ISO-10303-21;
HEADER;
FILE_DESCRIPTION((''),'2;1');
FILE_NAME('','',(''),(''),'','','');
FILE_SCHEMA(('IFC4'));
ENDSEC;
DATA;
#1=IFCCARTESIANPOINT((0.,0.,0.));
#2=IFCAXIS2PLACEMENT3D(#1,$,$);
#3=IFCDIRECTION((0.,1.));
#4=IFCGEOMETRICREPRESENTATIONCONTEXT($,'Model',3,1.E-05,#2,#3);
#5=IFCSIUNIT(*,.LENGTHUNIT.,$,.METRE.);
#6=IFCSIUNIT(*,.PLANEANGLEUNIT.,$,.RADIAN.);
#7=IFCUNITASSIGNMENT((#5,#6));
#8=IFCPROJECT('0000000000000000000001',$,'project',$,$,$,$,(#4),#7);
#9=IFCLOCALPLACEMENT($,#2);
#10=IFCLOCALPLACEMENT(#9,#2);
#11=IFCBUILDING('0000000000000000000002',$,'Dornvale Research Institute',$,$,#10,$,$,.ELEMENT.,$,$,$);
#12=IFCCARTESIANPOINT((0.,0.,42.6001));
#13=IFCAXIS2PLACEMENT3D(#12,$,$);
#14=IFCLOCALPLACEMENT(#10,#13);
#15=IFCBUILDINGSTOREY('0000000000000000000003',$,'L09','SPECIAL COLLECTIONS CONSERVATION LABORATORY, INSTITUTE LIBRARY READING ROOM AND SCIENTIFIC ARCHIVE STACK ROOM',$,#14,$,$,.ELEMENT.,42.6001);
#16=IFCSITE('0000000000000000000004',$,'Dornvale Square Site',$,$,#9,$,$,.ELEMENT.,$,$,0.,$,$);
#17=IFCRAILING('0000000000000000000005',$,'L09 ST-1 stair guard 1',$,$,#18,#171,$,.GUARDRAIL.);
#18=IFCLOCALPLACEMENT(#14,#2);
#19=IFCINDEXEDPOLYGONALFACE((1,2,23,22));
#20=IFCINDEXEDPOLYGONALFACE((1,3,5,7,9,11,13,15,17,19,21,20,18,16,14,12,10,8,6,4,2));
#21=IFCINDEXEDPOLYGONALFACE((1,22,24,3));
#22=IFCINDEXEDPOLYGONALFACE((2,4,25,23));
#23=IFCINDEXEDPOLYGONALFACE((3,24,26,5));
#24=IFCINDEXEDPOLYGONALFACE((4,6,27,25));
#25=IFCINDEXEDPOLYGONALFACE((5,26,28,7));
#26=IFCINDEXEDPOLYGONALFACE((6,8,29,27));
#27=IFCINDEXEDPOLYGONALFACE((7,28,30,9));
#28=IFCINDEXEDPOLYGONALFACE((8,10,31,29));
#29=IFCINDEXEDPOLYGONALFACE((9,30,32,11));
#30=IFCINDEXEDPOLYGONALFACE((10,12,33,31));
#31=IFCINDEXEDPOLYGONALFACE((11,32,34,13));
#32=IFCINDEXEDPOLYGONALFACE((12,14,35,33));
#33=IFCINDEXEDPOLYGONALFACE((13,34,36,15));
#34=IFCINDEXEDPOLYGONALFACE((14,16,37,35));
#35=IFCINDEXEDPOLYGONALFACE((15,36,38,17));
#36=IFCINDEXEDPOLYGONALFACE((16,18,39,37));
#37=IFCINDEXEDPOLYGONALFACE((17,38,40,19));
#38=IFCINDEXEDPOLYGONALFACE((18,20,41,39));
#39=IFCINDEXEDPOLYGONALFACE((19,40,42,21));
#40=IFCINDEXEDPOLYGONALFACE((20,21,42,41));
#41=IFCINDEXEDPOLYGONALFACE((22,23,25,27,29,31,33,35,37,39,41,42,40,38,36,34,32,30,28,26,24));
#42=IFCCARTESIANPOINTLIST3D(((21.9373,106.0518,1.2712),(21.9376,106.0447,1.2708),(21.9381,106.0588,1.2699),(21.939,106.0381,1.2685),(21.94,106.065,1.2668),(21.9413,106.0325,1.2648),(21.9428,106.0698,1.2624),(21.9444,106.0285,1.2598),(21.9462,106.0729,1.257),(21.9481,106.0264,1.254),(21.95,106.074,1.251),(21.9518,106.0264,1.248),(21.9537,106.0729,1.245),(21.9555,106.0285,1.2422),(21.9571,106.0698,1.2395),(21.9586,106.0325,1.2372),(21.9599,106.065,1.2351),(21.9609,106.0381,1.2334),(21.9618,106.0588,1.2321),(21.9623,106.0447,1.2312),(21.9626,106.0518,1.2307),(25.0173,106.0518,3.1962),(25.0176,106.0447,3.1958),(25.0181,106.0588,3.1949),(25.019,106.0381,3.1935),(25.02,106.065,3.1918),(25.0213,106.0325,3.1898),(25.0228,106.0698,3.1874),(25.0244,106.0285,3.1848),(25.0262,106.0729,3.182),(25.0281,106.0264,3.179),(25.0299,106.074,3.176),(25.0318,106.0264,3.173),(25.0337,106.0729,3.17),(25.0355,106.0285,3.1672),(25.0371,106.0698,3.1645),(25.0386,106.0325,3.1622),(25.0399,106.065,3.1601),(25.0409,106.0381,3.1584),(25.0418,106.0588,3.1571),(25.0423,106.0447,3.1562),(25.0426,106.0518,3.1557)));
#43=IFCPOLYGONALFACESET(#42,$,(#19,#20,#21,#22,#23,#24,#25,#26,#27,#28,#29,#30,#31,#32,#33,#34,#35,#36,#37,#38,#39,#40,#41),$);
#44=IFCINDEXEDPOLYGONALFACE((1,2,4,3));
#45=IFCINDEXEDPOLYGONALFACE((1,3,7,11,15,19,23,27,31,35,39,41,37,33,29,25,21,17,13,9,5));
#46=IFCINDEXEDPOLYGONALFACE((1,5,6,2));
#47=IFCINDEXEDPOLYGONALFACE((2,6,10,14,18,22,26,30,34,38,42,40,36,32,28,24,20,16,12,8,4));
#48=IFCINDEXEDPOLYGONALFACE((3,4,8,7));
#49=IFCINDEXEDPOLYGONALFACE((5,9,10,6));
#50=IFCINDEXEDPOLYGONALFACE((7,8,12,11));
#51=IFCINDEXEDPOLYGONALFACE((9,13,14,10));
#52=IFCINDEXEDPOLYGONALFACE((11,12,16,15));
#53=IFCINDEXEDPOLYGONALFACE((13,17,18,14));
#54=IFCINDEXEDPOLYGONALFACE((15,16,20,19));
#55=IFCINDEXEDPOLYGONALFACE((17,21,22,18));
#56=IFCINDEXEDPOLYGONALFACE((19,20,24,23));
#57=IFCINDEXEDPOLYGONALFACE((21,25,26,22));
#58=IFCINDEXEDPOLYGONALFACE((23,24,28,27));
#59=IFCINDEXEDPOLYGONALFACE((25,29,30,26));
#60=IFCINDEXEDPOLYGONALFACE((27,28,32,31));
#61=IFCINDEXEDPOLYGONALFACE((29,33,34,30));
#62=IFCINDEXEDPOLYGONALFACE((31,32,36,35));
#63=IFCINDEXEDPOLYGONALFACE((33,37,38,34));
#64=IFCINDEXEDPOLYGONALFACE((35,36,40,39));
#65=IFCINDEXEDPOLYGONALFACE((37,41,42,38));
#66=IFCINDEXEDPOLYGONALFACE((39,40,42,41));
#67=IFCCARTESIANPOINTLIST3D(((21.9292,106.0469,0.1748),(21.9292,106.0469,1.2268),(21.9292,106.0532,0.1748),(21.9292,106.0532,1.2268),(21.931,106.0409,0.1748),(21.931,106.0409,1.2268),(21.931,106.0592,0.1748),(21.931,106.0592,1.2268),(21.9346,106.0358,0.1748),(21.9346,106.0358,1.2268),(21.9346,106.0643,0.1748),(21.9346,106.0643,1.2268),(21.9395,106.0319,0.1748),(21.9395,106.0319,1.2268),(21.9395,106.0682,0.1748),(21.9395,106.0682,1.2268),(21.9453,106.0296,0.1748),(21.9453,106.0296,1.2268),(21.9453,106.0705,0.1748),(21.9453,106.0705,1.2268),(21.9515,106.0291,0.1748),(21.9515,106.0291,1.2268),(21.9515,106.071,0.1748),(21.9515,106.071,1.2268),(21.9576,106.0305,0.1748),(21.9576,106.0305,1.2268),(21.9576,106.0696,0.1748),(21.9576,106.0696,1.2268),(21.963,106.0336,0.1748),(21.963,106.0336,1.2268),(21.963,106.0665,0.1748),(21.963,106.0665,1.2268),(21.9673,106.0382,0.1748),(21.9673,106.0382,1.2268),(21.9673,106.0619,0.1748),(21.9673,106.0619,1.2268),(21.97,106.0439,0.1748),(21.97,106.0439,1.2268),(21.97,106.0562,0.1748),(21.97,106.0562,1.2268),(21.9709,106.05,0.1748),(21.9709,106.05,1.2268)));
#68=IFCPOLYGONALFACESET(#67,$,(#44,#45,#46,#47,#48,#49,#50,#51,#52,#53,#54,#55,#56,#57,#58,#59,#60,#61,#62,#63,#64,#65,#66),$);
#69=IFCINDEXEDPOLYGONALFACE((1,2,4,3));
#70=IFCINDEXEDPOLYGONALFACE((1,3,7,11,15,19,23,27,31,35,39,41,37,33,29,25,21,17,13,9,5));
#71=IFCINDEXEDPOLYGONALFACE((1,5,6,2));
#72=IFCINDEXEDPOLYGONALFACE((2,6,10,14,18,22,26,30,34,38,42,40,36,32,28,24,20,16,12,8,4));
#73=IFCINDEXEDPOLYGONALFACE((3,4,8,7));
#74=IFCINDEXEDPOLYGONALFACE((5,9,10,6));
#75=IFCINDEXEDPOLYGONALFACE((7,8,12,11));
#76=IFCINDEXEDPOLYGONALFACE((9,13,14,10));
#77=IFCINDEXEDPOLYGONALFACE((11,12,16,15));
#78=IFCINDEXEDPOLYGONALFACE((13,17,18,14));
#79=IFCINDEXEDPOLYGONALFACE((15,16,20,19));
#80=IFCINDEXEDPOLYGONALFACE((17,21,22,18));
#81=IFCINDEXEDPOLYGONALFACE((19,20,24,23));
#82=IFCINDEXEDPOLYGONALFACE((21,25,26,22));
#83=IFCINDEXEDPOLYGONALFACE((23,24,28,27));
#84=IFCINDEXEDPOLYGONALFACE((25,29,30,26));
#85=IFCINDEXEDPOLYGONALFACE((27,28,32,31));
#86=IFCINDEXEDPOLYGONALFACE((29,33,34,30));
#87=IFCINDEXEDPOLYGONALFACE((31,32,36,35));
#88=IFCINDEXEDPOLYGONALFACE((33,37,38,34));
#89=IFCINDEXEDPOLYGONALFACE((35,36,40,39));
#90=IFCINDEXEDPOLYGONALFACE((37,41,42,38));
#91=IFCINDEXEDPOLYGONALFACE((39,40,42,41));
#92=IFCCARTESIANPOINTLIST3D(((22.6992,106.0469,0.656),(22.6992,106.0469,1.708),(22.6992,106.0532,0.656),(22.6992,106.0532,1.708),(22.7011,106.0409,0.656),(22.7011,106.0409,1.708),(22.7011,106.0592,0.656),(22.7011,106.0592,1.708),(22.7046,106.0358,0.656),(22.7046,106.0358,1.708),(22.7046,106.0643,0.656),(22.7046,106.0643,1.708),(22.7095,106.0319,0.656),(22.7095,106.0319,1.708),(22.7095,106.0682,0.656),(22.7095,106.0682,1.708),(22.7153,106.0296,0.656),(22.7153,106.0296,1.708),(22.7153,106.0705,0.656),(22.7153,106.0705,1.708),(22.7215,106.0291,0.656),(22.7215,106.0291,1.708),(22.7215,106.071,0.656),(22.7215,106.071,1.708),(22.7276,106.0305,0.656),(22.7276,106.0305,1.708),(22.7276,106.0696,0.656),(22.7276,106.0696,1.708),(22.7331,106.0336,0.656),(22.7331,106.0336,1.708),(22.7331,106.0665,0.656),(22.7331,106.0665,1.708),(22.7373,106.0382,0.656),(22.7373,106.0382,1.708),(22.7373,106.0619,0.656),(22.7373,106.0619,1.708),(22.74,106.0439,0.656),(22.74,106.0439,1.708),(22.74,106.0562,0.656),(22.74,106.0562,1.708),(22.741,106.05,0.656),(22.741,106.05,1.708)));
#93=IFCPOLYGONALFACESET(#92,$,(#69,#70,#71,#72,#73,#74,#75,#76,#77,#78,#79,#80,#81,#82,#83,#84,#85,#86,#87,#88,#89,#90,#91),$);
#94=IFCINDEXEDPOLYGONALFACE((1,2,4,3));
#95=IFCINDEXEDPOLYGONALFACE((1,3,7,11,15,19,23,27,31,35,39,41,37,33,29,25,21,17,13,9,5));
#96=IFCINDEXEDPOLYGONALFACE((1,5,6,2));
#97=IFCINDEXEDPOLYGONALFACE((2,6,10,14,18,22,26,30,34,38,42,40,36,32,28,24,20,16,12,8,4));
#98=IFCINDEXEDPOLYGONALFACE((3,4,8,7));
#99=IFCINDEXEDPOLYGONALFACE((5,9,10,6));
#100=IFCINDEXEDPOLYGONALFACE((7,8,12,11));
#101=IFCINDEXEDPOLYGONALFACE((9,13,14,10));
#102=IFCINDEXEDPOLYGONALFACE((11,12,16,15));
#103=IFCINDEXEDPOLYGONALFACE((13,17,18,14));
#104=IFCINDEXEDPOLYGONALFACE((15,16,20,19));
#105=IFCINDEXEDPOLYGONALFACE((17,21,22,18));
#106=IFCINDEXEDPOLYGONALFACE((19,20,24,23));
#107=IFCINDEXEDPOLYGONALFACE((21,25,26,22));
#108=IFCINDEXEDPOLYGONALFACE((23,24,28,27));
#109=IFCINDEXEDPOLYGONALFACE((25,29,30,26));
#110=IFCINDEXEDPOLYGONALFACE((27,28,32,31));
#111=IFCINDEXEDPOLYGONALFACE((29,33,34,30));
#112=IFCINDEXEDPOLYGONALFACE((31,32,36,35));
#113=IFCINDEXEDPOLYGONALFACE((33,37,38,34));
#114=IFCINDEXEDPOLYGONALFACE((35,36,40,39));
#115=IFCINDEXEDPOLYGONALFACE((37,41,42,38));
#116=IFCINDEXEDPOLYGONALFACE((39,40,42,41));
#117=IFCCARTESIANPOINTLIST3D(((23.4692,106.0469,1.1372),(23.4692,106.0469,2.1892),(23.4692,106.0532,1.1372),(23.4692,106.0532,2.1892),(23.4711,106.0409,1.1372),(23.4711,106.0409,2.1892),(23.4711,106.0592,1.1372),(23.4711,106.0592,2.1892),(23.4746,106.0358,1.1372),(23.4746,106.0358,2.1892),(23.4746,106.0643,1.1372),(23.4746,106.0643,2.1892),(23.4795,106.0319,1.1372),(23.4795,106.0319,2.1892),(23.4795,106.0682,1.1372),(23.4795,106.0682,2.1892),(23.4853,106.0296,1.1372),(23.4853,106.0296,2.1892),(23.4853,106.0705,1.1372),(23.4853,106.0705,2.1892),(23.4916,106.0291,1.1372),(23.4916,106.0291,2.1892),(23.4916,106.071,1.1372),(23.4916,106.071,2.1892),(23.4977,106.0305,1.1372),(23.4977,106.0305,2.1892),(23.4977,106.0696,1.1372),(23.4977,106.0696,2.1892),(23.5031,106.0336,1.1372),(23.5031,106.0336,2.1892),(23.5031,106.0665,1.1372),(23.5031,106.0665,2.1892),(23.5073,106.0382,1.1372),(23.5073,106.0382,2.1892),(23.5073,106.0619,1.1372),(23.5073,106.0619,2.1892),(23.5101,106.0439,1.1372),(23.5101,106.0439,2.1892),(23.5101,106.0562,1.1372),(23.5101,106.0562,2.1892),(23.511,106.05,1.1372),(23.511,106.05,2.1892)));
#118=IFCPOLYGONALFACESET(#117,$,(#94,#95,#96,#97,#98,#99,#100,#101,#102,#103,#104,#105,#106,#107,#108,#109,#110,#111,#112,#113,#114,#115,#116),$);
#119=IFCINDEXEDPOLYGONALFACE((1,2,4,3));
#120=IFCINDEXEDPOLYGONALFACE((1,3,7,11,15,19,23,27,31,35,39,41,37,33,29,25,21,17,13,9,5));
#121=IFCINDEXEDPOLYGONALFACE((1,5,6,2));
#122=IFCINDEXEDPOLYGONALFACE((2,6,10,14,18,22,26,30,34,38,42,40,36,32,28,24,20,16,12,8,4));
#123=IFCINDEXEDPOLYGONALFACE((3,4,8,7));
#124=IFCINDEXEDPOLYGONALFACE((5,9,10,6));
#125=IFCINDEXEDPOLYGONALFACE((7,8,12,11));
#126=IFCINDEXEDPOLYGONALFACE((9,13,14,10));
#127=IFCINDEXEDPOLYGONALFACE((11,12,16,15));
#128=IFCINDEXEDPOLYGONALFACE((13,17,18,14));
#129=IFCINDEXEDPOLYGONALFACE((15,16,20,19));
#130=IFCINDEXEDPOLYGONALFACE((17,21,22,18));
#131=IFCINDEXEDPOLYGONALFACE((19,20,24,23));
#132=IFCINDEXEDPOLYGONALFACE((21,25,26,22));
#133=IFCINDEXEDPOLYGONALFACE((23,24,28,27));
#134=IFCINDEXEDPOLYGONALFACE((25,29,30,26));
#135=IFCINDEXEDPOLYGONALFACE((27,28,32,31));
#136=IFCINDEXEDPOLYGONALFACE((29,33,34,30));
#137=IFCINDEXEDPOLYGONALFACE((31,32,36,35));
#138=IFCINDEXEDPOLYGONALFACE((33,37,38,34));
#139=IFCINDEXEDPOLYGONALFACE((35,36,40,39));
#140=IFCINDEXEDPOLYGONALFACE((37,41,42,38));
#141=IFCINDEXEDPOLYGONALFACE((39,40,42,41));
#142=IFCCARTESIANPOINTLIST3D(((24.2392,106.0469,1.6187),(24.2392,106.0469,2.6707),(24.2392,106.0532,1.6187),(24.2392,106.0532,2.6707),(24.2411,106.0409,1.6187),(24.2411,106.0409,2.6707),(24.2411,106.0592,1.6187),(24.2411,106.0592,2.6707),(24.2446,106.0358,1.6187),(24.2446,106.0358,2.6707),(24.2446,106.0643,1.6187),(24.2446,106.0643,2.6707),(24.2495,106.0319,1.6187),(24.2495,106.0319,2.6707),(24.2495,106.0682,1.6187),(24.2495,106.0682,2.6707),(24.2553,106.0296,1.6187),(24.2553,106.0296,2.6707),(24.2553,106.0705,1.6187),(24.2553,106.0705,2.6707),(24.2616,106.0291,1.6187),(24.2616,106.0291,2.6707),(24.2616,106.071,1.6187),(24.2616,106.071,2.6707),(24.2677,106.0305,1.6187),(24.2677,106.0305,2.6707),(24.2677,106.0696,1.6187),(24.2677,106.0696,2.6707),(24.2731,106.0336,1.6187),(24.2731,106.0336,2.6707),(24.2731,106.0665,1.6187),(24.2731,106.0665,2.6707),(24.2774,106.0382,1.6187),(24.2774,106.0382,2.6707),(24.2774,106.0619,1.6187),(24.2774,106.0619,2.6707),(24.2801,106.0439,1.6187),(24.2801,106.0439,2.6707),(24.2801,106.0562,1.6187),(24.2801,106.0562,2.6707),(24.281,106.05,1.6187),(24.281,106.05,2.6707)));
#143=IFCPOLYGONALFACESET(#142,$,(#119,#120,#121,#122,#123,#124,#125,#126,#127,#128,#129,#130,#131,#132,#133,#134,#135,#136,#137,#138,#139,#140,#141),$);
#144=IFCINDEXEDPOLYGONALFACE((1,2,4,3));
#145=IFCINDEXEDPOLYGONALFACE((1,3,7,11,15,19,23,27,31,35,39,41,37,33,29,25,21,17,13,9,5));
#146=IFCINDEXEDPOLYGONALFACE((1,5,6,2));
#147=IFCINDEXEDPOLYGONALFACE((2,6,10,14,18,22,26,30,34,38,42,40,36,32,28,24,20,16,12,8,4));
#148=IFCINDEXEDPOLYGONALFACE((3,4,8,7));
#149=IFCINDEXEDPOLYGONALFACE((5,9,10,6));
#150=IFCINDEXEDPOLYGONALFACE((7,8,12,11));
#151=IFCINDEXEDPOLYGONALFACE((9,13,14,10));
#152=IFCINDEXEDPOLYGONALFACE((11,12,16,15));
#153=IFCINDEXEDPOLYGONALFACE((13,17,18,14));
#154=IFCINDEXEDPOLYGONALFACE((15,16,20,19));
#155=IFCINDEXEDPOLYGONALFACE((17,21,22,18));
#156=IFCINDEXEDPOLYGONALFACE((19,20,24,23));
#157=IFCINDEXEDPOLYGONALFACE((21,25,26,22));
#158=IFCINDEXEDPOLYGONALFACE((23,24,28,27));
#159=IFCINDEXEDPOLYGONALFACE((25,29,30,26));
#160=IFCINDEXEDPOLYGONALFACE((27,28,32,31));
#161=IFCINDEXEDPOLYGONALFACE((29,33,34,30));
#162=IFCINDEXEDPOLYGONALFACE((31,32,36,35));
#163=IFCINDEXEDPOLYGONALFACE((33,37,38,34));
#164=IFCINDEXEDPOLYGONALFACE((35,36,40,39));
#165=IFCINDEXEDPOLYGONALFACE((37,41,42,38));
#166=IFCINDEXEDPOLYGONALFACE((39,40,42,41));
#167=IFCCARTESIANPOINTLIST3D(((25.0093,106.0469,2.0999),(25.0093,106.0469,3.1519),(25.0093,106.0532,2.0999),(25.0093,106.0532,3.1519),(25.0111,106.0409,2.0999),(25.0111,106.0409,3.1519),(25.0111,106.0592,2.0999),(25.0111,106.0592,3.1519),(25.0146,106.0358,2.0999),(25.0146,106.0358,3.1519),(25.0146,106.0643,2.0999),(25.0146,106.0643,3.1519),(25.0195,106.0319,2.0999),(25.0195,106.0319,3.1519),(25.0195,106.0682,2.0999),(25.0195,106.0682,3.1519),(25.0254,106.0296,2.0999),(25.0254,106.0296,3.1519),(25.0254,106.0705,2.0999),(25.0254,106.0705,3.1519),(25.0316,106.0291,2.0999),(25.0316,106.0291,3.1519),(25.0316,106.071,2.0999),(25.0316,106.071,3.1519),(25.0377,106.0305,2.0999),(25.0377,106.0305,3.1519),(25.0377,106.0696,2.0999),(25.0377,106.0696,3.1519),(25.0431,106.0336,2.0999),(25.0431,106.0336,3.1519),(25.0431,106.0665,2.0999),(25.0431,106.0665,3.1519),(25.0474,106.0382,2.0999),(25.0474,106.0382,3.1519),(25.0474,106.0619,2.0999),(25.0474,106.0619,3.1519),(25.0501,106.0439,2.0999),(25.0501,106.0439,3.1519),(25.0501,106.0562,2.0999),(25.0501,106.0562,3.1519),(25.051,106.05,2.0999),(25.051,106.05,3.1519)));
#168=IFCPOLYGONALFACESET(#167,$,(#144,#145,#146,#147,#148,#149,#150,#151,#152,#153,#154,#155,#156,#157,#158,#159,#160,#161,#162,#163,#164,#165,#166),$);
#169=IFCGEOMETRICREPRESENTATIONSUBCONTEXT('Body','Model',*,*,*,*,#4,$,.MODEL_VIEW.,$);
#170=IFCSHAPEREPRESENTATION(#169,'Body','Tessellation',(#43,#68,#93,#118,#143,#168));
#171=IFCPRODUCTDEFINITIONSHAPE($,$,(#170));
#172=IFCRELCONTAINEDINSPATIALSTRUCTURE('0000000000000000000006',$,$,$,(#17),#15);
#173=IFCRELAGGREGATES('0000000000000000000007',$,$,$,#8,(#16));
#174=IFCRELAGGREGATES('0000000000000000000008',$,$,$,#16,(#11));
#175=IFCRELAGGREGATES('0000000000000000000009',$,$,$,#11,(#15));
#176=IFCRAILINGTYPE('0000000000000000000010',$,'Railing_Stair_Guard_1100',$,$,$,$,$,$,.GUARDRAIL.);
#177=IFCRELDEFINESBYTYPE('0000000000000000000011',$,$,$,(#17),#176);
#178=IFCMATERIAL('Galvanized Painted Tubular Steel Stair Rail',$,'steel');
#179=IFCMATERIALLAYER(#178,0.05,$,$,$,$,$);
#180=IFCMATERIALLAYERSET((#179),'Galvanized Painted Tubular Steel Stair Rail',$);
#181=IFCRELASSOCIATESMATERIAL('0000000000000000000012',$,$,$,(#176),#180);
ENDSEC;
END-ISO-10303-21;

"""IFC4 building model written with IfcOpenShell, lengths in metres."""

from ifc_helpers import new_model, si_unit, direction, frame, origin, origin_2d, place, context, subcontext, project, spatial, circle, extrude, material, layer, layer_set, type_object, element, save


model = new_model("IFC4")

# Units and contexts
model_context = context("Model", 3, precision=1e-05, world=origin(), true_north=direction((0.0, 1.0)))
body_context = subcontext(model_context, "Body", "Model", "MODEL_VIEW")
ifc_project = project(units=[si_unit("LENGTHUNIT", "METRE"), si_unit("PLANEANGLEUNIT", "RADIAN")], contexts=[model_context])

# Site, building, storey
site_placement = place(None, origin())
site = spatial("IfcSite", under=ifc_project, at=site_placement, Name="Dornvale Square Site", CompositionType="ELEMENT", RefElevation=0.0)
building_placement = place(site_placement, origin())
building = spatial("IfcBuilding", under=site, at=building_placement, Name="Dornvale Research Institute", CompositionType="ELEMENT")
storey_placement = place(building_placement, frame((0.0, 0.0, 42.6001)))
storey = spatial("IfcBuildingStorey", under=building, at=storey_placement, Name="L09", Description="SPECIAL COLLECTIONS CONSERVATION LABORATORY, INSTITUTE LIBRARY READING ROOM AND SCIENTIFIC ARCHIVE STACK ROOM", CompositionType="ELEMENT", Elevation=42.6001)

# Railing
ifc_material_1 = material(Name="Galvanized Painted Tubular Steel Stair Rail", Category="steel")
ifc_layer_1 = layer(ifc_material_1, 0.05)
ifc_layer_set_1 = layer_set([ifc_layer_1], Name="Galvanized Painted Tubular Steel Stair Rail")
railing_type_1 = type_object("IfcRailingType", Name="Railing_Stair_Guard_1100", PredefinedType="GUARDRAIL", material=ifc_layer_set_1)
railing_1_placement = place(storey_placement, frame((21.95, 106.05, 0.1748)))
element("IfcRailing", 1, at=railing_1_placement, inside=storey, type_object=railing_type_1, Name="L09 ST-1 stair guard 1", PredefinedType="GUARDRAIL", context=body_context, shape_type="SweptSolid", body=[
    extrude(circle(Radius=0.0239, at=origin_2d()), frame((0.0, 0.0, 1.0762), z_axis=(0.847998, 0.0, 0.529999), x_axis=(0.0, 1.0, 0.0)), (0.0, 0.0, 1.0), 3.6321),
    extrude(circle(Radius=0.021, at=origin_2d()), origin(), (0.0, 0.0, 1.0), 1.052),
    extrude(circle(Radius=0.021, at=origin_2d()), frame((0.77, 0.0, 0.4812)), (0.0, 0.0, 1.0), 1.052),
    extrude(circle(Radius=0.021, at=origin_2d()), frame((1.54, 0.0, 0.9624)), (0.0, 0.0, 1.0), 1.052),
    extrude(circle(Radius=0.021, at=origin_2d()), frame((2.3101, 0.0, 1.4438)), (0.0, 0.0, 1.0), 1.052),
    extrude(circle(Radius=0.021, at=origin_2d()), frame((3.0801, 0.0, 1.925)), (0.0, 0.0, 1.0), 1.052),
])

save(model, "model.ifc")
